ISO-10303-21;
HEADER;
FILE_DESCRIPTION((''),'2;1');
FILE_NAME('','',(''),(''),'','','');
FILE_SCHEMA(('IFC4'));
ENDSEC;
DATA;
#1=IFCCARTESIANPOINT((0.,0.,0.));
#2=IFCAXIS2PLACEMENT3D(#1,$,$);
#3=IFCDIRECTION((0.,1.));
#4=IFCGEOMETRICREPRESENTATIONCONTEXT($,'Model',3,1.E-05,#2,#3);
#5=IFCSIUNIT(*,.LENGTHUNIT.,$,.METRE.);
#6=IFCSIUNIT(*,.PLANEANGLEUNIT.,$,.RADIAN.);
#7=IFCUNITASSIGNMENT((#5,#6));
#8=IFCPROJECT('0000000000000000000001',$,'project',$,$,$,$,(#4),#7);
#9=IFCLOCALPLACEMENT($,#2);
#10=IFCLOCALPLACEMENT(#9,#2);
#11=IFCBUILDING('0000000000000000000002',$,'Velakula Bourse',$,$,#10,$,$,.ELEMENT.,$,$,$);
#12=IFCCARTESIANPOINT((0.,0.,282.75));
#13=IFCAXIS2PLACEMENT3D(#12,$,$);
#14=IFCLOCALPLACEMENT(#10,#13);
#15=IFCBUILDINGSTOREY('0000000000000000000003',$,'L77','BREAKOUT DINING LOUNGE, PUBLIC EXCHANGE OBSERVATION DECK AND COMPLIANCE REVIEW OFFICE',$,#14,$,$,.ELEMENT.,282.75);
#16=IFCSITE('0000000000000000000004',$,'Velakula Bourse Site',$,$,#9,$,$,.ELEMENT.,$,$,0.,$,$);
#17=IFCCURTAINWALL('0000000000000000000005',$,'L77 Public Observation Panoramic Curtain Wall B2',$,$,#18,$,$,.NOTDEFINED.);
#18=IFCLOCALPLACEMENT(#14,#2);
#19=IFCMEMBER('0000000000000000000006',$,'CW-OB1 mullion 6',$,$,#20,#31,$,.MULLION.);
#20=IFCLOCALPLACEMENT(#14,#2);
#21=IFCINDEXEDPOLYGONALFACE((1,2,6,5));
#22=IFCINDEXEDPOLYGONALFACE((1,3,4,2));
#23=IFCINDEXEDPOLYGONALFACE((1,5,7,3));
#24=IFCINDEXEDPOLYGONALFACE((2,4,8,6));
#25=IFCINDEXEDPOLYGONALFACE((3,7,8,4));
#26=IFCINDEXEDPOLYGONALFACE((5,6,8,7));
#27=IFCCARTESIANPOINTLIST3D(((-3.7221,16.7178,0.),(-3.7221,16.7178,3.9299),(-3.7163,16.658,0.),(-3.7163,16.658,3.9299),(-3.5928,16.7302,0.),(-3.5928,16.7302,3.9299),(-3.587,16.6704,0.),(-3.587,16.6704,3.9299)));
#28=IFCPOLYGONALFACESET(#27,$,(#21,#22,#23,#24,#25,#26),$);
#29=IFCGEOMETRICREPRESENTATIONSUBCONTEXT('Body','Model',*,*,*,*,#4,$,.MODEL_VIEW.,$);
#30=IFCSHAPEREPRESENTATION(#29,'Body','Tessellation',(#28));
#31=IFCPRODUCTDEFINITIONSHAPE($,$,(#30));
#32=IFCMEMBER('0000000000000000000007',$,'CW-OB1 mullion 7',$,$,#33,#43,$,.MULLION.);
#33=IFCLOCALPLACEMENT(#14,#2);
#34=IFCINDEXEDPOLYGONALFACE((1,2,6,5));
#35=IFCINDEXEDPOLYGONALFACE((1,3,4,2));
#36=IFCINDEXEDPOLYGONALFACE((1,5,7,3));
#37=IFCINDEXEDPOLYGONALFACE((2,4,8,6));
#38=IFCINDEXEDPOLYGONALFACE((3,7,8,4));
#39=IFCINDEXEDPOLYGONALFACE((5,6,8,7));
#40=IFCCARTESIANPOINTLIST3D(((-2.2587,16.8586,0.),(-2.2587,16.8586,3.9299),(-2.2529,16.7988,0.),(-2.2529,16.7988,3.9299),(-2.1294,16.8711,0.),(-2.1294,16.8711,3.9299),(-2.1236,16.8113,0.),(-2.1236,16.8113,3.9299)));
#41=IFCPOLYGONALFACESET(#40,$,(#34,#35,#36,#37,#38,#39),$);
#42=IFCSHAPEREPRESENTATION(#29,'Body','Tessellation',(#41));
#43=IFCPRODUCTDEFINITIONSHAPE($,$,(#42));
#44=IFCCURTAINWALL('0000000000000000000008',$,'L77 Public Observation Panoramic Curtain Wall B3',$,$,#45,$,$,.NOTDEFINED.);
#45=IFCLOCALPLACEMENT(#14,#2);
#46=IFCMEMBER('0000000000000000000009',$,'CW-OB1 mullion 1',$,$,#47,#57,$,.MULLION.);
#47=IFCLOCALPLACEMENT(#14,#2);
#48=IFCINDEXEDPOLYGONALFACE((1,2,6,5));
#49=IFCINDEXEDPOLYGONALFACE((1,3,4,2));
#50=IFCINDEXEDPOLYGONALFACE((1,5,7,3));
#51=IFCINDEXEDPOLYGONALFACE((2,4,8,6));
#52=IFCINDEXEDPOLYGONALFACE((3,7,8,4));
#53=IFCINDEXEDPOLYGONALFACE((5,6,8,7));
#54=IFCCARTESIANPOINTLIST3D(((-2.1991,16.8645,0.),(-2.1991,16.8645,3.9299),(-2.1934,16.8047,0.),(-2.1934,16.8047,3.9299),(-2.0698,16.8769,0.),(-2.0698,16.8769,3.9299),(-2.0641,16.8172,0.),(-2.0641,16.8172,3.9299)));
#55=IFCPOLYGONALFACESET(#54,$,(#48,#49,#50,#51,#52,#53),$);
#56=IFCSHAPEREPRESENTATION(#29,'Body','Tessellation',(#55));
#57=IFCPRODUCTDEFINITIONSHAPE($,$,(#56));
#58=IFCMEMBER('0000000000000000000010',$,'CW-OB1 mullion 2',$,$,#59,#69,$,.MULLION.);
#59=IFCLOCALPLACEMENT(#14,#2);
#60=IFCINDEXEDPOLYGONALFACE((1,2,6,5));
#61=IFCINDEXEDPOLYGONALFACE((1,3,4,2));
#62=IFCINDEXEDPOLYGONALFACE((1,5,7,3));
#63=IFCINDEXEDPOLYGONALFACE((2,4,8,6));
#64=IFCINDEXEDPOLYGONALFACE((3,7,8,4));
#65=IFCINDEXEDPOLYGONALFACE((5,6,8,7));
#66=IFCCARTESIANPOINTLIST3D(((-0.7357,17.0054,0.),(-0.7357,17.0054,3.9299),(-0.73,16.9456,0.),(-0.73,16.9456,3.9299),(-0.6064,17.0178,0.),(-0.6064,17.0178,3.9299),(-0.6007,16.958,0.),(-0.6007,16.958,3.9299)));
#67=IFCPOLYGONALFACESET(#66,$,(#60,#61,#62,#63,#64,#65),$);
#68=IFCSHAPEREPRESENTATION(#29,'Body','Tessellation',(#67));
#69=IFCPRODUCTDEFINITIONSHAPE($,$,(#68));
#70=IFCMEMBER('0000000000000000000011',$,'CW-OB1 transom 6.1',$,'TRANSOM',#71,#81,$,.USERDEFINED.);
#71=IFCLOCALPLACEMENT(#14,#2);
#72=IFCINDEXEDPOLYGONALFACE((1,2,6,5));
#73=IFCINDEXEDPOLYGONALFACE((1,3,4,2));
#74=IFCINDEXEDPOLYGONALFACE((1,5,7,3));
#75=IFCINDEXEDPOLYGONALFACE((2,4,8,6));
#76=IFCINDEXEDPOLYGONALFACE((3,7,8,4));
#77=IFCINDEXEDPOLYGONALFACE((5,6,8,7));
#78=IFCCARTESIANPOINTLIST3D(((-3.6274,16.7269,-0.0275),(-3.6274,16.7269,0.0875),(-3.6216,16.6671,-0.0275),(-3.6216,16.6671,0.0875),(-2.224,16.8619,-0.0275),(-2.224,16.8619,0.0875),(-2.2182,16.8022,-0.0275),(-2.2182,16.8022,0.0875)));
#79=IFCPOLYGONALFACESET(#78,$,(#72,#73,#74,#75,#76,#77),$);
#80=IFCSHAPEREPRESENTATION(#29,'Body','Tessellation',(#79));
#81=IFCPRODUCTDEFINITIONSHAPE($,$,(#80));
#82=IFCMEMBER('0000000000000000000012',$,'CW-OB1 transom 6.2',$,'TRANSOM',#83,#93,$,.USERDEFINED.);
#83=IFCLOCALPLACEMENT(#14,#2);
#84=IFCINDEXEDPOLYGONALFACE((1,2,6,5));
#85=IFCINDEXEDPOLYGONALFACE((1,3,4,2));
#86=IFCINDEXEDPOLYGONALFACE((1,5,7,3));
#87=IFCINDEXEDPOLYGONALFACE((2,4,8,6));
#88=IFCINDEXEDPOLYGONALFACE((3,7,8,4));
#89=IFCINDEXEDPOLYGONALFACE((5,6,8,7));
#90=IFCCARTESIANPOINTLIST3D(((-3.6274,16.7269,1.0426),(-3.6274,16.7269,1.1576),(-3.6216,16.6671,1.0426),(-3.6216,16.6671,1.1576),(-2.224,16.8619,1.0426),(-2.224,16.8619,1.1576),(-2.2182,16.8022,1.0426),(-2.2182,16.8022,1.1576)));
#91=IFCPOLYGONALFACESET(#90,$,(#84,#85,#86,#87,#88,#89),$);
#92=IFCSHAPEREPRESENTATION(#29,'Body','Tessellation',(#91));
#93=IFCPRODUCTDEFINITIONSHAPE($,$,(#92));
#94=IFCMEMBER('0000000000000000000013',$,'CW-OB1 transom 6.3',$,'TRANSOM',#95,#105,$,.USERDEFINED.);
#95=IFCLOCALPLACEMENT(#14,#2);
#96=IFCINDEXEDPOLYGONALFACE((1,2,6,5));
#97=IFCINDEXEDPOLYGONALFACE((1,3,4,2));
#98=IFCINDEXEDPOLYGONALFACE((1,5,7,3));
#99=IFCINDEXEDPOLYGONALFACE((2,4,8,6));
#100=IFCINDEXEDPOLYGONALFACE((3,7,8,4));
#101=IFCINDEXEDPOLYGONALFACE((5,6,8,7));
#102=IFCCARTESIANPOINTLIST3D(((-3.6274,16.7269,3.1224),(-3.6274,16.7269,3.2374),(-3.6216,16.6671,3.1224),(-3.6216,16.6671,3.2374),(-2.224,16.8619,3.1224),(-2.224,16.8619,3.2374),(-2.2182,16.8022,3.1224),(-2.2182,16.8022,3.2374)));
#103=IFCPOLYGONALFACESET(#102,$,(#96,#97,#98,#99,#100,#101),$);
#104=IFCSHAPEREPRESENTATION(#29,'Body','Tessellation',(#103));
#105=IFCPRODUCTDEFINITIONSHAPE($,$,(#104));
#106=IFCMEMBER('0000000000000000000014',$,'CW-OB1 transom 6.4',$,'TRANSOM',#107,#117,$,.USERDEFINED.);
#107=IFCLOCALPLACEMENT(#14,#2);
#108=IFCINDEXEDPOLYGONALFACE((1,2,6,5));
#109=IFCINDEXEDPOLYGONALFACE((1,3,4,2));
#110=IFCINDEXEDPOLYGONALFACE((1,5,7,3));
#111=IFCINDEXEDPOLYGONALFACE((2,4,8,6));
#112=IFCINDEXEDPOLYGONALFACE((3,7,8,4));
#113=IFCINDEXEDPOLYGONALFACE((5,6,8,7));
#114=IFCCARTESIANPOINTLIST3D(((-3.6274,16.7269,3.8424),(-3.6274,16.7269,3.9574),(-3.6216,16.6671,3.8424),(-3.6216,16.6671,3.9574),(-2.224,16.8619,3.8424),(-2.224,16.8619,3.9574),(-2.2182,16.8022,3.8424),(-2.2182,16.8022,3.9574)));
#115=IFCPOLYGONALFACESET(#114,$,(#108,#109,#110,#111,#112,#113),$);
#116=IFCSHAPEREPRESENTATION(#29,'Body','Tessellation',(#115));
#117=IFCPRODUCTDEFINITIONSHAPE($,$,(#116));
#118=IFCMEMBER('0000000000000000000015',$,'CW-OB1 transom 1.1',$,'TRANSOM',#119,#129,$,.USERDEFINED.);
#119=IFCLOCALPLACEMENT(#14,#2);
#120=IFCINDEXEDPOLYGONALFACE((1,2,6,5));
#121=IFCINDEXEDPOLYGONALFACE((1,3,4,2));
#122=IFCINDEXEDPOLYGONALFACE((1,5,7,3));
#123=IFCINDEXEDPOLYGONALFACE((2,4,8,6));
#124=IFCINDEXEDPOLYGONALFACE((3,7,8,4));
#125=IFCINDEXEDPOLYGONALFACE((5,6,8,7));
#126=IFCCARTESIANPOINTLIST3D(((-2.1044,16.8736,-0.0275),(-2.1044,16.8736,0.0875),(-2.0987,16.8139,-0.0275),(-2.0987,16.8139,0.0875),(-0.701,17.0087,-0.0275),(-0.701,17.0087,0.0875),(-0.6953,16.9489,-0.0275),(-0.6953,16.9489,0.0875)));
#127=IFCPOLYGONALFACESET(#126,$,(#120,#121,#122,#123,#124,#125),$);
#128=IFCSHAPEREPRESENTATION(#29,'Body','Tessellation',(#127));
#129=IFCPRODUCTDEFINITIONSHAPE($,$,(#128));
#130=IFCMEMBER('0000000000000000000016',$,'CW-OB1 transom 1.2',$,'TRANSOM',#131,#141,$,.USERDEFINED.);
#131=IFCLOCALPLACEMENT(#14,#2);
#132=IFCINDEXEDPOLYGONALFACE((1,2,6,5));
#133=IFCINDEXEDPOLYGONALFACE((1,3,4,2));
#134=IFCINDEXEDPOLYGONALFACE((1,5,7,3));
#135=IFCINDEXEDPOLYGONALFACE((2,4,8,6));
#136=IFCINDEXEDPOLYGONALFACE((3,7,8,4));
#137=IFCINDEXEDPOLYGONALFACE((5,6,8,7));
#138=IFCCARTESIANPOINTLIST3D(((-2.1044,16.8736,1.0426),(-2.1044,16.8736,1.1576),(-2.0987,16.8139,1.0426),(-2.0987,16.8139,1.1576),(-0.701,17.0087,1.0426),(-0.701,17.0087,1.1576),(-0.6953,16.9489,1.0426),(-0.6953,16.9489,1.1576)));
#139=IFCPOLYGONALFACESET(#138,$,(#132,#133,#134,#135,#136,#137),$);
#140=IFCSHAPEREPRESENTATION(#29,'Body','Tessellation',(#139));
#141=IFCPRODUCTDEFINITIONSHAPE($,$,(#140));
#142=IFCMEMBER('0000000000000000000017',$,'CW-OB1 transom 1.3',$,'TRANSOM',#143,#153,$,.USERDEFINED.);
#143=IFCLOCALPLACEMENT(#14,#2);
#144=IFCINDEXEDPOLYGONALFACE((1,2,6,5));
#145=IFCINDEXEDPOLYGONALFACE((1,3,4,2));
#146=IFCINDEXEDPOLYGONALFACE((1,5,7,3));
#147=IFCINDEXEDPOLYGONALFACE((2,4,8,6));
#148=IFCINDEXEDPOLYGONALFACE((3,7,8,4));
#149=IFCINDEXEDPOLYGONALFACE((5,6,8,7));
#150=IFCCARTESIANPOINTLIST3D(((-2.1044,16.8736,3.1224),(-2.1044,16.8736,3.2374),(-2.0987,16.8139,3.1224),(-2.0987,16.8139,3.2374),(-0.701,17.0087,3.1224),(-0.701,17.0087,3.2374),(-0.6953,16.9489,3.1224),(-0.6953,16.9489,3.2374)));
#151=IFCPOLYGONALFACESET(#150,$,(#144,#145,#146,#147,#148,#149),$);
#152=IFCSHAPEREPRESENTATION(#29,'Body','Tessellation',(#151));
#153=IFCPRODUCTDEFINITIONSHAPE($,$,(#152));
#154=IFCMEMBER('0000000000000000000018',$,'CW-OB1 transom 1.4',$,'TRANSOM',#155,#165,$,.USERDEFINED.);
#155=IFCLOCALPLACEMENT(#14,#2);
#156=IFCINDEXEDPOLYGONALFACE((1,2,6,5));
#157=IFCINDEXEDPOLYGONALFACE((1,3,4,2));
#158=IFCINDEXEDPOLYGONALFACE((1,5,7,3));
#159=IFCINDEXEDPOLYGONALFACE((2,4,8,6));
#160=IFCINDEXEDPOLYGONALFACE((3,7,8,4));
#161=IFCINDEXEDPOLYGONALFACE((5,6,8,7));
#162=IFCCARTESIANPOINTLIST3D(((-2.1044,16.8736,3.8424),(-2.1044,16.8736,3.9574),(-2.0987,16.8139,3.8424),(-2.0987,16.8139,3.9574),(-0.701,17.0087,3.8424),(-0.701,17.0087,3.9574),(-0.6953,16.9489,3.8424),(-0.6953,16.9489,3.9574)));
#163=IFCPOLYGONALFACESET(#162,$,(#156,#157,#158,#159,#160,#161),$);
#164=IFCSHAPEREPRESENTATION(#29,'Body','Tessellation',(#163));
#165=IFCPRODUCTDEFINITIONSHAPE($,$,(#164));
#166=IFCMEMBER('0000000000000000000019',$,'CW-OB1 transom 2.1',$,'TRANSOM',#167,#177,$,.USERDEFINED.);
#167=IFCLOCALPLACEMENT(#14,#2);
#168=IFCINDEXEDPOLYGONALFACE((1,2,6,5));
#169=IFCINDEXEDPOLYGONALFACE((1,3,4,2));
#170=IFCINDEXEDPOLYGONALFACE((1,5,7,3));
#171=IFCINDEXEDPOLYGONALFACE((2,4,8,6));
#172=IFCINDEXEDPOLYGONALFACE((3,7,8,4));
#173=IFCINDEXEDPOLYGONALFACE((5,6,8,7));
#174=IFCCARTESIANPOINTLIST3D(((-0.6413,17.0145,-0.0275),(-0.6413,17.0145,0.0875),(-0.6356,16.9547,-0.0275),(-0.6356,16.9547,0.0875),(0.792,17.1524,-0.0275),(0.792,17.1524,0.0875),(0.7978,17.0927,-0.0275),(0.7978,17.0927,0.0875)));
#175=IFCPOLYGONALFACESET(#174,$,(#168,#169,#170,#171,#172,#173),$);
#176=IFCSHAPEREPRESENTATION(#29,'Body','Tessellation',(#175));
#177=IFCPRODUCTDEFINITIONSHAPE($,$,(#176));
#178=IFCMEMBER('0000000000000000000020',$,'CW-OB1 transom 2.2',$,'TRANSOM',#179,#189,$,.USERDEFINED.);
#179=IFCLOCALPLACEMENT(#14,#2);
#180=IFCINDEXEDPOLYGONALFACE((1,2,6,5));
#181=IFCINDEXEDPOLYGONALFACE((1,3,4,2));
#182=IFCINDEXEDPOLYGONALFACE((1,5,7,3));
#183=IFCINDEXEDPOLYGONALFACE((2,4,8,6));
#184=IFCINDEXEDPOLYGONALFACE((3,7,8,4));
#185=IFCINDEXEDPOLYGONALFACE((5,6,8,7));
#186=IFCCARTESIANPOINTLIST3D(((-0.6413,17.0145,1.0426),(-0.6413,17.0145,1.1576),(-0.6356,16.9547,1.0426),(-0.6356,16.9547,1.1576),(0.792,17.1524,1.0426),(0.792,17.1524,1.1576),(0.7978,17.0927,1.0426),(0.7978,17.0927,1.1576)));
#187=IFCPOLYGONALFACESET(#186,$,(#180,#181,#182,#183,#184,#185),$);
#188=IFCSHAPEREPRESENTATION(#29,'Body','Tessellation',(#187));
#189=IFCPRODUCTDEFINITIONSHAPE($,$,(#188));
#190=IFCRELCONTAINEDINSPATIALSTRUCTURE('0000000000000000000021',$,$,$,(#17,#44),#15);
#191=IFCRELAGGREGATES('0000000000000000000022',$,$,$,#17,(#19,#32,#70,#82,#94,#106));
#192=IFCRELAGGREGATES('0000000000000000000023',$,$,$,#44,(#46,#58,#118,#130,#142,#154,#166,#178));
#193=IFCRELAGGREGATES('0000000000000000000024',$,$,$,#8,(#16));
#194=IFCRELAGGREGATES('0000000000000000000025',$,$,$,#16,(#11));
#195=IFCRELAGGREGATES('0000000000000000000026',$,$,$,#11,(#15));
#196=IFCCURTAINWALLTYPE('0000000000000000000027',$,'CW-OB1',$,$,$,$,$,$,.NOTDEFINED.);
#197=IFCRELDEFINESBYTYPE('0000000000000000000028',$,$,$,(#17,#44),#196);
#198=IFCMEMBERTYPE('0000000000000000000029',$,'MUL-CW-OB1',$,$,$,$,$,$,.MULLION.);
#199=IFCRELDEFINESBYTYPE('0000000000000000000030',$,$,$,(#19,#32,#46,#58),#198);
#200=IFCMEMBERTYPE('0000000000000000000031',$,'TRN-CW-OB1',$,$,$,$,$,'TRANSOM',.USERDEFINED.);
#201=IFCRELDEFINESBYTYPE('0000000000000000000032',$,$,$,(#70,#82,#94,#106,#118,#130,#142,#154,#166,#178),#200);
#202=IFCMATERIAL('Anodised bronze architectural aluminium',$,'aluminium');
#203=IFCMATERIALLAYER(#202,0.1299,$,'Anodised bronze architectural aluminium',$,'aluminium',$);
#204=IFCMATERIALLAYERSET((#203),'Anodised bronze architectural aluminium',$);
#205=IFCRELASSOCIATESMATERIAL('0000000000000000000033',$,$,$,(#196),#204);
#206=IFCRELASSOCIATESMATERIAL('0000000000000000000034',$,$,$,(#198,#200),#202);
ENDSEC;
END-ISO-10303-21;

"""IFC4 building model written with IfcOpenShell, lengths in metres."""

from ifc_helpers import new_model, si_unit, direction, frame, origin, origin_2d, place, context, subcontext, project, spatial, rectangle, extrude, material, layer, layer_set, material_profile, profile_set, type_object, element, aggregate, save


model = new_model("IFC4")

# Units and contexts
model_context = context("Model", 3, precision=1e-05, world=origin(), true_north=direction((0.0, 1.0)))
body_context = subcontext(model_context, "Body", "Model", "MODEL_VIEW")
ifc_project = project(units=[si_unit("LENGTHUNIT", "METRE"), si_unit("PLANEANGLEUNIT", "RADIAN")], contexts=[model_context])

# Site, building, storey
site_placement = place(None, origin())
site = spatial("IfcSite", under=ifc_project, at=site_placement, Name="Velakula Bourse Site", CompositionType="ELEMENT", RefElevation=0.0)
building_placement = place(site_placement, origin())
building = spatial("IfcBuilding", under=site, at=building_placement, Name="Velakula Bourse", CompositionType="ELEMENT")
storey_placement = place(building_placement, frame((0.0, 0.0, 282.75)))
storey = spatial("IfcBuildingStorey", under=building, at=storey_placement, Name="L77", Description="BREAKOUT DINING LOUNGE, PUBLIC EXCHANGE OBSERVATION DECK AND COMPLIANCE REVIEW OFFICE", CompositionType="ELEMENT", Elevation=282.75)

# Curtain walls, members
ifc_material_1 = material(Name="Anodised bronze architectural aluminium", Category="aluminium")
ifc_layer_1 = layer(ifc_material_1, 0.1299, Name="Anodised bronze architectural aluminium", Category="aluminium")
ifc_layer_set_1 = layer_set([ifc_layer_1], Name="Anodised bronze architectural aluminium")
curtain_wall_type = type_object("IfcCurtainWallType", Name="CW-OB1", PredefinedType="NOTDEFINED", material=ifc_layer_set_1)
curtain_wall_1_placement = place(storey_placement, origin())
curtain_wall_1 = element("IfcCurtainWall", 1, at=curtain_wall_1_placement, inside=storey, type_object=curtain_wall_type, Name="L77 Public Observation Panoramic Curtain Wall B2", PredefinedType="NOTDEFINED")
ifc_material_profile_1 = material_profile(ifc_material_1, rectangle(XDim=0.0601, YDim=0.1299, at=origin_2d()), Name="Anodised bronze architectural aluminium")
ifc_profile_set_1 = profile_set([ifc_material_profile_1], Name="Anodised bronze architectural aluminium")
member_type_1 = type_object("IfcMemberType", Name="MUL-CW-OB1", PredefinedType="MULLION", material=ifc_profile_set_1)
member_1_placement = place(storey_placement, frame((-3.6545, 16.6941, 0.0), z_axis=(0.0, 0.0, 1.0), x_axis=(-0.095845, 0.995396, 0.0)))
member_1 = element("IfcMember", 2, at=member_1_placement, type_object=member_type_1, Name="CW-OB1 mullion 6", PredefinedType="MULLION", context=body_context, shape_type="SweptSolid", body=[
    extrude(rectangle(XDim=0.0601, YDim=0.1299, at=origin_2d()), origin(), (0.0, 0.0, 1.0), 3.9299),
])
member_2_placement = place(storey_placement, frame((-2.1912, 16.835, 0.0), z_axis=(0.0, 0.0, 1.0), x_axis=(-0.095845, 0.995396, 0.0)))
member_2 = element("IfcMember", 3, at=member_2_placement, type_object=member_type_1, Name="CW-OB1 mullion 7", PredefinedType="MULLION", context=body_context, shape_type="SweptSolid", body=[
    extrude(rectangle(XDim=0.0601, YDim=0.1299, at=origin_2d()), origin(), (0.0, 0.0, 1.0), 3.9299),
])
curtain_wall_2_placement = place(storey_placement, origin())
curtain_wall_2 = element("IfcCurtainWall", 4, at=curtain_wall_2_placement, inside=storey, type_object=curtain_wall_type, Name="L77 Public Observation Panoramic Curtain Wall B3", PredefinedType="NOTDEFINED")
member_3_placement = place(storey_placement, frame((-2.1316, 16.8408, 0.0), z_axis=(0.0, 0.0, 1.0), x_axis=(-0.095844, 0.995396, 0.0)))
member_3 = element("IfcMember", 5, at=member_3_placement, type_object=member_type_1, Name="CW-OB1 mullion 1", PredefinedType="MULLION", context=body_context, shape_type="SweptSolid", body=[
    extrude(rectangle(XDim=0.0601, YDim=0.1299, at=origin_2d()), origin(), (0.0, 0.0, 1.0), 3.9299),
])
member_4_placement = place(storey_placement, frame((-0.6682, 16.9817, 0.0), z_axis=(0.0, 0.0, 1.0), x_axis=(-0.095844, 0.995396, 0.0)))
member_4 = element("IfcMember", 6, at=member_4_placement, type_object=member_type_1, Name="CW-OB1 mullion 2", PredefinedType="MULLION", context=body_context, shape_type="SweptSolid", body=[
    extrude(rectangle(XDim=0.0601, YDim=0.1299, at=origin_2d()), origin(), (0.0, 0.0, 1.0), 3.9299),
])

# Members
ifc_material_profile_2 = material_profile(ifc_material_1, rectangle(XDim=0.0601, YDim=0.115, at=origin_2d()), Name="Anodised bronze architectural aluminium")
ifc_profile_set_2 = profile_set([ifc_material_profile_2], Name="Anodised bronze architectural aluminium")
member_type_2 = type_object("IfcMemberType", Name="TRN-CW-OB1", ElementType="TRANSOM", PredefinedType="USERDEFINED", material=ifc_profile_set_2)
member_5_placement = place(storey_placement, frame((-3.6245, 16.697, 0.03), z_axis=(0.995404, 0.095765, 0.0), x_axis=(-0.095765, 0.995404, 0.0)))
member_5 = element("IfcMember", 7, at=member_5_placement, type_object=member_type_2, Name="CW-OB1 transom 6.1", ObjectType="TRANSOM", PredefinedType="USERDEFINED", context=body_context, shape_type="SweptSolid", body=[
    extrude(rectangle(XDim=0.0601, YDim=0.115, at=origin_2d()), origin(), (0.0, 0.0, 1.0), 1.4099),
])
member_6_placement = place(storey_placement, frame((-3.6245, 16.697, 1.1001), z_axis=(0.995404, 0.095765, 0.0), x_axis=(-0.095765, 0.995404, 0.0)))
member_6 = element("IfcMember", 8, at=member_6_placement, type_object=member_type_2, Name="CW-OB1 transom 6.2", ObjectType="TRANSOM", PredefinedType="USERDEFINED", context=body_context, shape_type="SweptSolid", body=[
    extrude(rectangle(XDim=0.0601, YDim=0.115, at=origin_2d()), origin(), (0.0, 0.0, 1.0), 1.4099),
])
member_7_placement = place(storey_placement, frame((-3.6245, 16.697, 3.1799), z_axis=(0.995404, 0.095765, 0.0), x_axis=(-0.095765, 0.995404, 0.0)))
member_7 = element("IfcMember", 9, at=member_7_placement, type_object=member_type_2, Name="CW-OB1 transom 6.3", ObjectType="TRANSOM", PredefinedType="USERDEFINED", context=body_context, shape_type="SweptSolid", body=[
    extrude(rectangle(XDim=0.0601, YDim=0.115, at=origin_2d()), origin(), (0.0, 0.0, 1.0), 1.4099),
])
member_8_placement = place(storey_placement, frame((-3.6245, 16.697, 3.8999), z_axis=(0.995404, 0.095765, 0.0), x_axis=(-0.095765, 0.995404, 0.0)))
member_8 = element("IfcMember", 10, at=member_8_placement, type_object=member_type_2, Name="CW-OB1 transom 6.4", ObjectType="TRANSOM", PredefinedType="USERDEFINED", context=body_context, shape_type="SweptSolid", body=[
    extrude(rectangle(XDim=0.0601, YDim=0.115, at=origin_2d()), origin(), (0.0, 0.0, 1.0), 1.4099),
])
member_9_placement = place(storey_placement, frame((-2.1016, 16.8438, 0.03), z_axis=(0.995404, 0.095765, 0.0), x_axis=(-0.095765, 0.995404, 0.0)))
member_9 = element("IfcMember", 11, at=member_9_placement, type_object=member_type_2, Name="CW-OB1 transom 1.1", ObjectType="TRANSOM", PredefinedType="USERDEFINED", context=body_context, shape_type="SweptSolid", body=[
    extrude(rectangle(XDim=0.0601, YDim=0.115, at=origin_2d()), origin(), (0.0, 0.0, 1.0), 1.4099),
])
member_10_placement = place(storey_placement, frame((-2.1016, 16.8438, 1.1001), z_axis=(0.995404, 0.095765, 0.0), x_axis=(-0.095765, 0.995404, 0.0)))
member_10 = element("IfcMember", 12, at=member_10_placement, type_object=member_type_2, Name="CW-OB1 transom 1.2", ObjectType="TRANSOM", PredefinedType="USERDEFINED", context=body_context, shape_type="SweptSolid", body=[
    extrude(rectangle(XDim=0.0601, YDim=0.115, at=origin_2d()), origin(), (0.0, 0.0, 1.0), 1.4099),
])
member_11_placement = place(storey_placement, frame((-2.1016, 16.8438, 3.1799), z_axis=(0.995404, 0.095765, 0.0), x_axis=(-0.095765, 0.995404, 0.0)))
member_11 = element("IfcMember", 13, at=member_11_placement, type_object=member_type_2, Name="CW-OB1 transom 1.3", ObjectType="TRANSOM", PredefinedType="USERDEFINED", context=body_context, shape_type="SweptSolid", body=[
    extrude(rectangle(XDim=0.0601, YDim=0.115, at=origin_2d()), origin(), (0.0, 0.0, 1.0), 1.4099),
])
member_12_placement = place(storey_placement, frame((-2.1016, 16.8438, 3.8999), z_axis=(0.995404, 0.095765, 0.0), x_axis=(-0.095765, 0.995404, 0.0)))
member_12 = element("IfcMember", 14, at=member_12_placement, type_object=member_type_2, Name="CW-OB1 transom 1.4", ObjectType="TRANSOM", PredefinedType="USERDEFINED", context=body_context, shape_type="SweptSolid", body=[
    extrude(rectangle(XDim=0.0601, YDim=0.115, at=origin_2d()), origin(), (0.0, 0.0, 1.0), 1.4099),
])
member_13_placement = place(storey_placement, frame((-0.6384, 16.9846, 0.03), z_axis=(0.995401, 0.095793, 0.0), x_axis=(-0.095793, 0.995401, 0.0)))
member_13 = element("IfcMember", 15, at=member_13_placement, type_object=member_type_2, Name="CW-OB1 transom 2.1", ObjectType="TRANSOM", PredefinedType="USERDEFINED", context=body_context, shape_type="SweptSolid", body=[
    extrude(rectangle(XDim=0.0601, YDim=0.115, at=origin_2d()), origin(), (0.0, 0.0, 1.0), 1.4399),
])
member_14_placement = place(storey_placement, frame((-0.6384, 16.9846, 1.1001), z_axis=(0.995401, 0.095793, 0.0), x_axis=(-0.095793, 0.995401, 0.0)))
member_14 = element("IfcMember", 16, at=member_14_placement, type_object=member_type_2, Name="CW-OB1 transom 2.2", ObjectType="TRANSOM", PredefinedType="USERDEFINED", context=body_context, shape_type="SweptSolid", body=[
    extrude(rectangle(XDim=0.0601, YDim=0.115, at=origin_2d()), origin(), (0.0, 0.0, 1.0), 1.4399),
])

aggregate(curtain_wall_1, [member_1, member_2, member_5, member_6, member_7, member_8])
aggregate(curtain_wall_2, [member_3, member_4, member_9, member_10, member_11, member_12, member_13, member_14])

save(model, "model.ifc")
